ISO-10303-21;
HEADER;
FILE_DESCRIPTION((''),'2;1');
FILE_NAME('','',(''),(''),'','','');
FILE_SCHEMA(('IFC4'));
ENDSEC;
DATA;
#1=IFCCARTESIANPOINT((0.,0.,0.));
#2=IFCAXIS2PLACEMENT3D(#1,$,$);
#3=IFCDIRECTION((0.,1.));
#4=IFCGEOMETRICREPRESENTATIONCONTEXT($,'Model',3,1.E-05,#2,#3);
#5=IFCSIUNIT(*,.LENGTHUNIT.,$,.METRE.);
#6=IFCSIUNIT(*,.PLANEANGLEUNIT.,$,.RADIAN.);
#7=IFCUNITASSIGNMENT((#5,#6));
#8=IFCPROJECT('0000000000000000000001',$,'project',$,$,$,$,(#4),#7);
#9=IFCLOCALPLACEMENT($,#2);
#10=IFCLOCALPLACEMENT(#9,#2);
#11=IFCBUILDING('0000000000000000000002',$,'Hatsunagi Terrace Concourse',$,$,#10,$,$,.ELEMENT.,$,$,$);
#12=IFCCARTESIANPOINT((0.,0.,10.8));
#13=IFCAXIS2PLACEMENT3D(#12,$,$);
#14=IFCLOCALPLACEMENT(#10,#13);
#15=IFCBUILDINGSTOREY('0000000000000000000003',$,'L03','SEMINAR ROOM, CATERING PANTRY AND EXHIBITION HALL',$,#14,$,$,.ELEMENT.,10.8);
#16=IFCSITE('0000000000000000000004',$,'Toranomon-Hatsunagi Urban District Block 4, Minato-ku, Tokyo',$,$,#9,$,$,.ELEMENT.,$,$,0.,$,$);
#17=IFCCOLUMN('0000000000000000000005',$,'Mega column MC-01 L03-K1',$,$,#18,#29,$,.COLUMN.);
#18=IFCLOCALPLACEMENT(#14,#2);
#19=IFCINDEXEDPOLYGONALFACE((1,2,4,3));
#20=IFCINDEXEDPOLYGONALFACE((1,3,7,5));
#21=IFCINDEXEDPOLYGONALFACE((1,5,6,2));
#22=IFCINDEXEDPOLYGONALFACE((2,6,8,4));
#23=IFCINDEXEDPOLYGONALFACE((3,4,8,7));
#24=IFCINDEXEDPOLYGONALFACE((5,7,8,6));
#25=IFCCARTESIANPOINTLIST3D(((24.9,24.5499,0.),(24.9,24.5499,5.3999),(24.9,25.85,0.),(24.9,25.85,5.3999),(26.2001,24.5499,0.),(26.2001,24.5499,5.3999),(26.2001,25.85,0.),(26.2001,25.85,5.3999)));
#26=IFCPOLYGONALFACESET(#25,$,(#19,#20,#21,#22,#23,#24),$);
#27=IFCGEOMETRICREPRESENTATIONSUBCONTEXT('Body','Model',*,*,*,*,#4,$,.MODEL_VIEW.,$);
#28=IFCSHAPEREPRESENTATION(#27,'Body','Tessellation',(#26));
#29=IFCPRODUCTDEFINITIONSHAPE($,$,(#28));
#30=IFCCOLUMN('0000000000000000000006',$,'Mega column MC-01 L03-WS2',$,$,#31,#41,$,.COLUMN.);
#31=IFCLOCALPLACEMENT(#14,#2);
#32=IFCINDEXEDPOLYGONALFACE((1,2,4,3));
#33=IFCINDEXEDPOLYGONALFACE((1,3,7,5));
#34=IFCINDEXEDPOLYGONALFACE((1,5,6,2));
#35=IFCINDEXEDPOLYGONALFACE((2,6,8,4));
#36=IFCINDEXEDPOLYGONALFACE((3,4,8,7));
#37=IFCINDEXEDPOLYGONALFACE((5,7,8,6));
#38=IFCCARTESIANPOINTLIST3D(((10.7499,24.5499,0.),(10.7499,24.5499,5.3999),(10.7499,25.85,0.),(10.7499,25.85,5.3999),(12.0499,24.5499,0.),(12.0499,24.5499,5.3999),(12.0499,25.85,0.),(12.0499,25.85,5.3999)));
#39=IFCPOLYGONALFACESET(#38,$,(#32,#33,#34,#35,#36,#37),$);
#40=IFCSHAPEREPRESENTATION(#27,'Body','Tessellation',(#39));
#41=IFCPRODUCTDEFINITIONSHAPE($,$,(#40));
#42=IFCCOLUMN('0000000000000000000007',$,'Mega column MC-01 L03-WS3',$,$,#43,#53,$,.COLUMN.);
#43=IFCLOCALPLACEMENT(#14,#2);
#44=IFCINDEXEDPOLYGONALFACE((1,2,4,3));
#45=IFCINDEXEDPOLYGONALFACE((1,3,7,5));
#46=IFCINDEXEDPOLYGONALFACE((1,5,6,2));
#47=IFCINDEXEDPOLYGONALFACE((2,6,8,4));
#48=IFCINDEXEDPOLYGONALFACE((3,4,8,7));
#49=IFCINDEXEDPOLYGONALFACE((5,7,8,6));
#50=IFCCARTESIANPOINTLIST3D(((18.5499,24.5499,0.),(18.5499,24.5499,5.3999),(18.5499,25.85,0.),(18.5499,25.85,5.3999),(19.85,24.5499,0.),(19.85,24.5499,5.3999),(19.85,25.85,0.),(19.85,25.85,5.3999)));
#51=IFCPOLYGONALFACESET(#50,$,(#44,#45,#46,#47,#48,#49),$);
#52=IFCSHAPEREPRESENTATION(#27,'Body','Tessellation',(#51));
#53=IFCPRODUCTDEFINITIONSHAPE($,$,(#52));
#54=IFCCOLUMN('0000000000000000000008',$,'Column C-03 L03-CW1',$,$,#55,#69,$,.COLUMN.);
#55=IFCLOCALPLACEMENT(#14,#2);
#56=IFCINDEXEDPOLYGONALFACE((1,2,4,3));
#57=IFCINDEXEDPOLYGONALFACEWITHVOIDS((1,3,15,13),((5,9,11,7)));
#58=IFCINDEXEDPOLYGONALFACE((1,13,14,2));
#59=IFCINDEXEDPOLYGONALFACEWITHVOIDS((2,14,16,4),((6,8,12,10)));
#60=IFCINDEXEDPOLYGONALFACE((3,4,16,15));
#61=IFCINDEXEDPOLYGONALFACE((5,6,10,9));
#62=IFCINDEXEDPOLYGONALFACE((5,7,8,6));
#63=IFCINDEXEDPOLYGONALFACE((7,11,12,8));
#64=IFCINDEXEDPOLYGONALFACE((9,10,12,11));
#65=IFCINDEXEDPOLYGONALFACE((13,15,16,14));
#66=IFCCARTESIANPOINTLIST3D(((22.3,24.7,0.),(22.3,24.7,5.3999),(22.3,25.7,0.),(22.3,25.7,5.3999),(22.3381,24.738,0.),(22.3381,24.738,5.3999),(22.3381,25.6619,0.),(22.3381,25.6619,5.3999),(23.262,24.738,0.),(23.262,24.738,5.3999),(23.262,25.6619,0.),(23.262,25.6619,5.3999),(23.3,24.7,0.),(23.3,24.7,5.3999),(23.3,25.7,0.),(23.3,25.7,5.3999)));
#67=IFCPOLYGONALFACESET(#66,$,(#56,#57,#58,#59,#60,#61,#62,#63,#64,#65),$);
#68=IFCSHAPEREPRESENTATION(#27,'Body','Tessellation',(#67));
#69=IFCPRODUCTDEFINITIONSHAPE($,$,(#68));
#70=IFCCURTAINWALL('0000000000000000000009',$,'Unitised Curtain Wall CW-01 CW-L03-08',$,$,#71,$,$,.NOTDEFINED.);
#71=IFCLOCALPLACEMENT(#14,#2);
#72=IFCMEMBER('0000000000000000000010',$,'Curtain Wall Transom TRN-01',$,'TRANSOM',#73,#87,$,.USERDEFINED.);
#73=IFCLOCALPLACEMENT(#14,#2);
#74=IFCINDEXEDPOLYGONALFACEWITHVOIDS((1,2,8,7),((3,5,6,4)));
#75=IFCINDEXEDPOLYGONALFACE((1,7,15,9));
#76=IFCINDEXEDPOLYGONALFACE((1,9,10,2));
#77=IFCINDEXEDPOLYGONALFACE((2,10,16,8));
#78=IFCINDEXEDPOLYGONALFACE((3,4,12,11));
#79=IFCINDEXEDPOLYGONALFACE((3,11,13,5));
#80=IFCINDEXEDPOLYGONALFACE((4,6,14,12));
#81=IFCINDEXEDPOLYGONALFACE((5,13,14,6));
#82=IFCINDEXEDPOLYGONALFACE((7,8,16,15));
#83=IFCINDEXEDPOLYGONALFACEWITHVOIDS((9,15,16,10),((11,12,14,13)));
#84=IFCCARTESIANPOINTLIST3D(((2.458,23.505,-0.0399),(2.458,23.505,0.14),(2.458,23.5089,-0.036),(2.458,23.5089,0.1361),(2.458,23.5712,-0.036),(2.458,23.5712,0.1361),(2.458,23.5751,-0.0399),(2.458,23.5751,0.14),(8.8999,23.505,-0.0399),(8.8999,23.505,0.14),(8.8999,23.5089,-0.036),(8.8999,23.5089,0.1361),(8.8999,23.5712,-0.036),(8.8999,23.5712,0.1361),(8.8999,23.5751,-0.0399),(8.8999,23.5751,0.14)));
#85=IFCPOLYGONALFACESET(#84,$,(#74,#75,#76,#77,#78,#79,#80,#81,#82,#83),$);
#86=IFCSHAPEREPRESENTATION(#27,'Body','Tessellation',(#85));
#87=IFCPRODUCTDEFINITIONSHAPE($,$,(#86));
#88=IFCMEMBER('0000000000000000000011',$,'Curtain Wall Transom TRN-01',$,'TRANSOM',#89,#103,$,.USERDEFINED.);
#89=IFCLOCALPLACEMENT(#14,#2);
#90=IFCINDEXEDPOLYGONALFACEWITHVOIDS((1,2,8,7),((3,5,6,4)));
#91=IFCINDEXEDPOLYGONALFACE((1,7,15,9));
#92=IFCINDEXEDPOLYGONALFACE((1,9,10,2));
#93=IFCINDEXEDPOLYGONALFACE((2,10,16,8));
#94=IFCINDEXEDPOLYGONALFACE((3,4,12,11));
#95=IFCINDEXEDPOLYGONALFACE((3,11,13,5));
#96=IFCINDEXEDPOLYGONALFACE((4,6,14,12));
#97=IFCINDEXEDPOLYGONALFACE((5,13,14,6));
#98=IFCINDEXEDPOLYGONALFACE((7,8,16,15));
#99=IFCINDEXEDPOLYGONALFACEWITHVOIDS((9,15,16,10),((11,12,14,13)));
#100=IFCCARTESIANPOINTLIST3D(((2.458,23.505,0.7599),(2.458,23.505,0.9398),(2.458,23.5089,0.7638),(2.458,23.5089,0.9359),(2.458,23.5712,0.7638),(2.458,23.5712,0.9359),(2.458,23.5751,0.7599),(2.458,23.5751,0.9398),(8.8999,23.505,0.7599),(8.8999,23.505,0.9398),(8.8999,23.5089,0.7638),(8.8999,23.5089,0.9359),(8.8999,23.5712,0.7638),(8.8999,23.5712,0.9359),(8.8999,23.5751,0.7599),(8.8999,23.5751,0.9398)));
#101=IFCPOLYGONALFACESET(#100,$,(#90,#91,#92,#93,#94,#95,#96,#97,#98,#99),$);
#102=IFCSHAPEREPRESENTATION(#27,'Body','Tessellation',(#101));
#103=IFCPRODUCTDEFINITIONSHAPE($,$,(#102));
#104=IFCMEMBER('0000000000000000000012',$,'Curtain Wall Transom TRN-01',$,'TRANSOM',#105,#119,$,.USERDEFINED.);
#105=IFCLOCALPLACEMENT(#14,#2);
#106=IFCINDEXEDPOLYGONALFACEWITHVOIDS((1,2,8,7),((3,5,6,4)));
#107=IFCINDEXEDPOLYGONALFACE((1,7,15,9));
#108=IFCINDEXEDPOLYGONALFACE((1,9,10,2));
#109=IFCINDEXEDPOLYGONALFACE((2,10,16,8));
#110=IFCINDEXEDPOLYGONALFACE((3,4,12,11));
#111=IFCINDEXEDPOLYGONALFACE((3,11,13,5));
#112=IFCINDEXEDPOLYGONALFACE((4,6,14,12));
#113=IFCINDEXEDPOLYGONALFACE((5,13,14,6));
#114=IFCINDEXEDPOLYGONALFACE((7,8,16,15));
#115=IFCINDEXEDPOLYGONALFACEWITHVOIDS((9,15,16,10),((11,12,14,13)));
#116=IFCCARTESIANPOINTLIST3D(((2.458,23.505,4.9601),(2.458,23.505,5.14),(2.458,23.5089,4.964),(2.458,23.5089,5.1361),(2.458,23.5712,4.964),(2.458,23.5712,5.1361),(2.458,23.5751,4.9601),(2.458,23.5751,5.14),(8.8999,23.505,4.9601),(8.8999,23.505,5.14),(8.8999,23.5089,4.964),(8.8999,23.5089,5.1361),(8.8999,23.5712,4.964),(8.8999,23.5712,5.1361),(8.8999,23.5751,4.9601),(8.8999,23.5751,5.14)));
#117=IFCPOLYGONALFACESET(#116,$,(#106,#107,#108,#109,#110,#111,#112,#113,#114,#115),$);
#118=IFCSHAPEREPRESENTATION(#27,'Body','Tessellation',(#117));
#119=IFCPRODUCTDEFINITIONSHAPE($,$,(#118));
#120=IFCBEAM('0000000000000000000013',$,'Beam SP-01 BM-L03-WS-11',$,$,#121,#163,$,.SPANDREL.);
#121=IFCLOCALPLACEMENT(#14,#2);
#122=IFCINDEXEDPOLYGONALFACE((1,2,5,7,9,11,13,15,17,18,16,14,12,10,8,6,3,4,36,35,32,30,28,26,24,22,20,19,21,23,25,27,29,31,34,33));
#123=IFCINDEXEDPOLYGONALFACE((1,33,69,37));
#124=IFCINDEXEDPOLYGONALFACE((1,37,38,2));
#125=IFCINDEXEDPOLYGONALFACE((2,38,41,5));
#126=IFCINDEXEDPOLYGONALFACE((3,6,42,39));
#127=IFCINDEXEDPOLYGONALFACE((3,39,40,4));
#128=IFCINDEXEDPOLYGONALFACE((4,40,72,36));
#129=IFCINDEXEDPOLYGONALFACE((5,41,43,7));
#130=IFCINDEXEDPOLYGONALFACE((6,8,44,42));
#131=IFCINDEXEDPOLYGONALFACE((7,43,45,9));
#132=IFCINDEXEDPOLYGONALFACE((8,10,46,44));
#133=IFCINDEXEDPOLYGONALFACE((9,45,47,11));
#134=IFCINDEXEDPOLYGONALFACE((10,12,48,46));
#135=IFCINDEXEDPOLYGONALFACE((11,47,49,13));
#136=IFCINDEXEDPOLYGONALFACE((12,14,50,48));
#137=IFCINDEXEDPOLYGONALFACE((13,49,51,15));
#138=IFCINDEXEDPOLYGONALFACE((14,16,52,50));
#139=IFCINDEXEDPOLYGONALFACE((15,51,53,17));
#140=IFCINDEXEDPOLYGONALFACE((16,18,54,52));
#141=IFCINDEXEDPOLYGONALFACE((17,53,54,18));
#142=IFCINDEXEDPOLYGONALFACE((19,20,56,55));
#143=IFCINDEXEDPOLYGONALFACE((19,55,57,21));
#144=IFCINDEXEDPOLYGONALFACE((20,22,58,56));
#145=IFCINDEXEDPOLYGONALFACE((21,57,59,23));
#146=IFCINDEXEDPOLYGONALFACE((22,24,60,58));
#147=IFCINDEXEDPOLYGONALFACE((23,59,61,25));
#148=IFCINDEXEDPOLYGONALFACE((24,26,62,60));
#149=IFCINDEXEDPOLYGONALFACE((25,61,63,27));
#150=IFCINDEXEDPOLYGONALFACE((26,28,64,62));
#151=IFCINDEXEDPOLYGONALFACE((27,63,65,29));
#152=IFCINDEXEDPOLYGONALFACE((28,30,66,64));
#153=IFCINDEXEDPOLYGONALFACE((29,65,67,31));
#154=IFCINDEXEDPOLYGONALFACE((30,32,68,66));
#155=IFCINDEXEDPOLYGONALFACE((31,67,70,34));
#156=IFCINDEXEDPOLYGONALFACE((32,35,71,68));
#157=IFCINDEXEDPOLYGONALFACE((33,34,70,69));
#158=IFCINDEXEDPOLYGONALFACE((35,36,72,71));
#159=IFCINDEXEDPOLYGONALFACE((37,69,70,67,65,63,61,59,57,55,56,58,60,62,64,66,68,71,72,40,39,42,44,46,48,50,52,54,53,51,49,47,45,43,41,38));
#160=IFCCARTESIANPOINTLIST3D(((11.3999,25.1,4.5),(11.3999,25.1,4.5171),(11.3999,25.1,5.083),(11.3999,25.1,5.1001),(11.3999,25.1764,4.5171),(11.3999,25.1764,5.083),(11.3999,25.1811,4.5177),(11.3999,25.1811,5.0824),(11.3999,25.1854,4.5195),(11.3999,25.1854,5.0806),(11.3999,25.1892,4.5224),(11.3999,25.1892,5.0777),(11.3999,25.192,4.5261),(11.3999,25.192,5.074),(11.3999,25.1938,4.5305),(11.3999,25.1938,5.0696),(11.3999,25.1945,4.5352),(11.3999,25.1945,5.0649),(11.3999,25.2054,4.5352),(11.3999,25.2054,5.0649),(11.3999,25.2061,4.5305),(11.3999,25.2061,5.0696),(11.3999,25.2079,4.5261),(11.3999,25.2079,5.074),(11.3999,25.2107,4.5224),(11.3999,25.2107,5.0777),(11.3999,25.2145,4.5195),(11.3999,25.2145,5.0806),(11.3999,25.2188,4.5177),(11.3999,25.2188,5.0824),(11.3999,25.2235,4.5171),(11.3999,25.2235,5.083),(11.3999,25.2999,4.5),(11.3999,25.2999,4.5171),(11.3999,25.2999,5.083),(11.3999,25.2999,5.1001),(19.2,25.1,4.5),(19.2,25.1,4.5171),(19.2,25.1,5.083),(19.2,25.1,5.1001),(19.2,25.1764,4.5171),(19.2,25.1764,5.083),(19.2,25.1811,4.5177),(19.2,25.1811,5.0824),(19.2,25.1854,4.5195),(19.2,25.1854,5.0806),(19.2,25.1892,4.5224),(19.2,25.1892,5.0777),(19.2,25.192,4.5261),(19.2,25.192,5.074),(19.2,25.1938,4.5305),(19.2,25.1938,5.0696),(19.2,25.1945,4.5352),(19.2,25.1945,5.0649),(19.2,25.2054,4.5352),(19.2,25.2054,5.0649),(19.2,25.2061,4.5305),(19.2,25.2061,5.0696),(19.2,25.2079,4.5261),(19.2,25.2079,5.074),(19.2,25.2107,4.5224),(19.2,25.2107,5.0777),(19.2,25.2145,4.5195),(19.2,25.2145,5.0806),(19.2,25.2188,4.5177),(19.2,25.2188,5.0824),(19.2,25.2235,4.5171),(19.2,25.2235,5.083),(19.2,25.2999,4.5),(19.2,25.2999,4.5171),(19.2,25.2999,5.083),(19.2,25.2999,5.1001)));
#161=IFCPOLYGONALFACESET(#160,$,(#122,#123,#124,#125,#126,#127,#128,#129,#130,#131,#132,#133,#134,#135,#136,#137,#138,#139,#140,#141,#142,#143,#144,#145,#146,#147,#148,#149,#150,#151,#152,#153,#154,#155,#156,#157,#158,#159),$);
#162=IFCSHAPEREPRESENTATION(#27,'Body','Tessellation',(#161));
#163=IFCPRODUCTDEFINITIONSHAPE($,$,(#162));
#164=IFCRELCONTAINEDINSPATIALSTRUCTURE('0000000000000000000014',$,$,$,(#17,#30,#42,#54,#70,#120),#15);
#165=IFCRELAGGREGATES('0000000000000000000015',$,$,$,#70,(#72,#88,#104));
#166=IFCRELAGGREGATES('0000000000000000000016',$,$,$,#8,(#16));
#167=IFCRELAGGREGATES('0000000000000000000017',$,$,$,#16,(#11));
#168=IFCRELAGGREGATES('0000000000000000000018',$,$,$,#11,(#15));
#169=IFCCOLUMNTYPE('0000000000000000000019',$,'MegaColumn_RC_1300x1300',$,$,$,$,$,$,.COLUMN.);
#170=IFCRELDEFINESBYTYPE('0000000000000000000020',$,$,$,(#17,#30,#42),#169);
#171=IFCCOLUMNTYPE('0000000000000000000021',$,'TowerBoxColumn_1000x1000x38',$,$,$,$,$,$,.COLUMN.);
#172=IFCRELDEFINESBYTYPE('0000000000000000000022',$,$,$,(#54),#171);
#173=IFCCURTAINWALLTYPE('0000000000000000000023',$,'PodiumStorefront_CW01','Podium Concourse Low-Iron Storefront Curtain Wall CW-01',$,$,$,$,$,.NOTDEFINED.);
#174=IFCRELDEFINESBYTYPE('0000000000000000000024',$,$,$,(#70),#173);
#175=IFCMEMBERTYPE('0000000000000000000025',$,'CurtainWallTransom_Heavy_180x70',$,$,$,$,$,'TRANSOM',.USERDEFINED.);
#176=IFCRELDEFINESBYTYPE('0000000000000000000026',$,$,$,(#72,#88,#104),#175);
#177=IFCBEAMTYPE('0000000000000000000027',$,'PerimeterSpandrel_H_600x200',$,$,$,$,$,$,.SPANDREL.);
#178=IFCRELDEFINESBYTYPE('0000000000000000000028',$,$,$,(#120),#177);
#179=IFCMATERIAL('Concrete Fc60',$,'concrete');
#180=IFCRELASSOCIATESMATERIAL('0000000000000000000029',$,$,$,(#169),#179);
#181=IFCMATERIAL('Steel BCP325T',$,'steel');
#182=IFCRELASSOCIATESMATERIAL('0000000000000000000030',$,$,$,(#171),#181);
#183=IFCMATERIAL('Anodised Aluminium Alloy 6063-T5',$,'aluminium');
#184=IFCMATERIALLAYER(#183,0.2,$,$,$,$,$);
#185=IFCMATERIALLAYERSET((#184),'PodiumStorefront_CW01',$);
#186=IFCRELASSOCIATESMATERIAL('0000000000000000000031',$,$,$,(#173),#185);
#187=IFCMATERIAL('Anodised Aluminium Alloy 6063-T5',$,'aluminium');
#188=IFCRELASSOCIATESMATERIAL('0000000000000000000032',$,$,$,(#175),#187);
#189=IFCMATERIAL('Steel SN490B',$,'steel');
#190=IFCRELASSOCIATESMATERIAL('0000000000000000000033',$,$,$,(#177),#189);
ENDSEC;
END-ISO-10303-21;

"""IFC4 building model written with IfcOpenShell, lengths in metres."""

from ifc_helpers import new_model, si_unit, direction, frame, origin, origin_2d, place, context, subcontext, project, spatial, rectangle, hollow_rectangle, i_section, extrude, material, layer, layer_set, material_profile, profile_set, type_object, element, aggregate, save


model = new_model("IFC4")

# Units and contexts
model_context = context("Model", 3, precision=1e-05, world=origin(), true_north=direction((0.0, 1.0)))
body_context = subcontext(model_context, "Body", "Model", "MODEL_VIEW")
ifc_project = project(units=[si_unit("LENGTHUNIT", "METRE"), si_unit("PLANEANGLEUNIT", "RADIAN")], contexts=[model_context])

# Site, building, storey
site_placement = place(None, origin())
site = spatial("IfcSite", under=ifc_project, at=site_placement, Name="Toranomon-Hatsunagi Urban District Block 4, Minato-ku, Tokyo", CompositionType="ELEMENT", RefElevation=0.0)
building_placement = place(site_placement, origin())
building = spatial("IfcBuilding", under=site, at=building_placement, Name="Hatsunagi Terrace Concourse", CompositionType="ELEMENT")
storey_placement = place(building_placement, frame((0.0, 0.0, 10.8)))
storey = spatial("IfcBuildingStorey", under=building, at=storey_placement, Name="L03", Description="SEMINAR ROOM, CATERING PANTRY AND EXHIBITION HALL", CompositionType="ELEMENT", Elevation=10.8)

# Columns
ifc_material_1 = material(Name="Concrete Fc60", Category="concrete")
ifc_material_profile_1 = material_profile(ifc_material_1, rectangle(XDim=1.3, YDim=1.3, at=origin_2d()), Name="RC-1300x1300")
ifc_profile_set_1 = profile_set([ifc_material_profile_1], Name="Concrete Fc60")
column_type_1 = type_object("IfcColumnType", Name="MegaColumn_RC_1300x1300", PredefinedType="COLUMN", material=ifc_profile_set_1)
for number, where, z_axis, x_axis, name in (
    (1, (25.55, 25.2, 0.0), (0.0, 0.0, 1.0), (1.0, 0.0, 0.0), "Mega column MC-01 L03-K1"),
    (2, (11.3999, 25.2, 0.0), (0.0, 0.0, 1.0), (1.0, 0.0, 0.0), "Mega column MC-01 L03-WS2"),
    (3, (19.2, 25.2, 0.0), (0.0, 0.0, 1.0), (1.0, 0.0, 0.0), "Mega column MC-01 L03-WS3"),
):
    element("IfcColumn", number, at=place(storey_placement, frame(where, z_axis=z_axis, x_axis=x_axis)), inside=storey, type_object=column_type_1, Name=name, PredefinedType="COLUMN", context=body_context, shape_type="SweptSolid", body=[
        extrude(rectangle(XDim=1.3, YDim=1.3, at=origin_2d()), origin(), (0.0, 0.0, 1.0), 5.3999),
    ])
ifc_material_2 = material(Name="Steel BCP325T", Category="steel")
ifc_material_profile_2 = material_profile(ifc_material_2, hollow_rectangle(XDim=1.0, YDim=1.0, WallThickness=0.0381, at=origin_2d()), Name="BCP-1000x1000x38")
ifc_profile_set_2 = profile_set([ifc_material_profile_2], Name="Steel BCP325T")
column_type_2 = type_object("IfcColumnType", Name="TowerBoxColumn_1000x1000x38", PredefinedType="COLUMN", material=ifc_profile_set_2)
column_placement = place(storey_placement, frame((22.8, 25.2, 0.0), z_axis=(0.0, 0.0, 1.0), x_axis=(1.0, 0.0, 0.0)))
element("IfcColumn", 4, at=column_placement, inside=storey, type_object=column_type_2, Name="Column C-03 L03-CW1", PredefinedType="COLUMN", context=body_context, shape_type="SweptSolid", body=[
    extrude(hollow_rectangle(XDim=1.0, YDim=1.0, WallThickness=0.0381, at=origin_2d()), origin(), (0.0, 0.0, 1.0), 5.3999),
])

# Curtain wall, members
ifc_material_3 = material(Name="Anodised Aluminium Alloy 6063-T5", Category="aluminium")
ifc_layer_1 = layer(ifc_material_3, 0.2)
ifc_layer_set_1 = layer_set([ifc_layer_1], Name="PodiumStorefront_CW01")
curtain_wall_type = type_object("IfcCurtainWallType", Name="PodiumStorefront_CW01", Description="Podium Concourse Low-Iron Storefront Curtain Wall CW-01", PredefinedType="NOTDEFINED", material=ifc_layer_set_1)
curtain_wall_placement = place(storey_placement, origin())
curtain_wall = element("IfcCurtainWall", 5, at=curtain_wall_placement, inside=storey, type_object=curtain_wall_type, Name="Unitised Curtain Wall CW-01 CW-L03-08", PredefinedType="NOTDEFINED")
ifc_material_4 = material(Name="Anodised Aluminium Alloy 6063-T5", Category="aluminium")
ifc_material_profile_3 = material_profile(ifc_material_4, hollow_rectangle(XDim=0.0701, YDim=0.1799, WallThickness=0.0039, at=origin_2d()), Name="ALU-TRN-180x70x4")
ifc_profile_set_3 = profile_set([ifc_material_profile_3], Name="Anodised Aluminium Alloy 6063-T5")
member_type_1 = type_object("IfcMemberType", Name="CurtainWallTransom_Heavy_180x70", ElementType="TRANSOM", PredefinedType="USERDEFINED", material=ifc_profile_set_3)
member_1_placement = place(storey_placement, frame((8.8999, 23.54, 0.05), z_axis=(-1.0, 0.0, 0.0), x_axis=(0.0, -1.0, 0.0)))
member_1 = element("IfcMember", 6, at=member_1_placement, type_object=member_type_1, Name="Curtain Wall Transom TRN-01", ObjectType="TRANSOM", PredefinedType="USERDEFINED", context=body_context, shape_type="SweptSolid", body=[
    extrude(hollow_rectangle(XDim=0.0701, YDim=0.1799, WallThickness=0.0039, at=origin_2d()), origin(), (0.0, 0.0, 1.0), 6.4419),
])
member_2_placement = place(storey_placement, frame((8.8999, 23.54, 0.8499), z_axis=(-1.0, 0.0, 0.0), x_axis=(0.0, -1.0, 0.0)))
member_2 = element("IfcMember", 7, at=member_2_placement, type_object=member_type_1, Name="Curtain Wall Transom TRN-01", ObjectType="TRANSOM", PredefinedType="USERDEFINED", context=body_context, shape_type="SweptSolid", body=[
    extrude(hollow_rectangle(XDim=0.0701, YDim=0.1799, WallThickness=0.0039, at=origin_2d()), origin(), (0.0, 0.0, 1.0), 6.4419),
])
member_3_placement = place(storey_placement, frame((8.8999, 23.54, 5.05), z_axis=(-1.0, 0.0, 0.0), x_axis=(0.0, -1.0, 0.0)))
member_3 = element("IfcMember", 8, at=member_3_placement, type_object=member_type_1, Name="Curtain Wall Transom TRN-01", ObjectType="TRANSOM", PredefinedType="USERDEFINED", context=body_context, shape_type="SweptSolid", body=[
    extrude(hollow_rectangle(XDim=0.0701, YDim=0.1799, WallThickness=0.0039, at=origin_2d()), origin(), (0.0, 0.0, 1.0), 6.4419),
])
aggregate(curtain_wall, [member_1, member_2, member_3])

# Beam
ifc_material_5 = material(Name="Steel SN490B", Category="steel")
ifc_material_profile_4 = material_profile(ifc_material_5, i_section(OverallWidth=0.2, OverallDepth=0.6001, WebThickness=0.011, FlangeThickness=0.0171, FilletRadius=0.0181, at=origin_2d()), Name="H-600x200x11x17")
ifc_profile_set_4 = profile_set([ifc_material_profile_4], Name="Steel SN490B")
beam_type_1 = type_object("IfcBeamType", Name="PerimeterSpandrel_H_600x200", PredefinedType="SPANDREL", material=ifc_profile_set_4)
beam_1_placement = place(storey_placement, frame((11.3999, 25.2, 4.8), z_axis=(1.0, 0.0, 0.0), x_axis=(0.0, 1.0, 0.0)))
element("IfcBeam", 9, at=beam_1_placement, inside=storey, type_object=beam_type_1, Name="Beam SP-01 BM-L03-WS-11", PredefinedType="SPANDREL", context=body_context, shape_type="SweptSolid", body=[
    extrude(i_section(OverallWidth=0.2, OverallDepth=0.6001, WebThickness=0.011, FlangeThickness=0.0171, FilletRadius=0.0181, at=origin_2d()), origin(), (0.0, 0.0, 1.0), 7.8),
])

save(model, "model.ifc")
